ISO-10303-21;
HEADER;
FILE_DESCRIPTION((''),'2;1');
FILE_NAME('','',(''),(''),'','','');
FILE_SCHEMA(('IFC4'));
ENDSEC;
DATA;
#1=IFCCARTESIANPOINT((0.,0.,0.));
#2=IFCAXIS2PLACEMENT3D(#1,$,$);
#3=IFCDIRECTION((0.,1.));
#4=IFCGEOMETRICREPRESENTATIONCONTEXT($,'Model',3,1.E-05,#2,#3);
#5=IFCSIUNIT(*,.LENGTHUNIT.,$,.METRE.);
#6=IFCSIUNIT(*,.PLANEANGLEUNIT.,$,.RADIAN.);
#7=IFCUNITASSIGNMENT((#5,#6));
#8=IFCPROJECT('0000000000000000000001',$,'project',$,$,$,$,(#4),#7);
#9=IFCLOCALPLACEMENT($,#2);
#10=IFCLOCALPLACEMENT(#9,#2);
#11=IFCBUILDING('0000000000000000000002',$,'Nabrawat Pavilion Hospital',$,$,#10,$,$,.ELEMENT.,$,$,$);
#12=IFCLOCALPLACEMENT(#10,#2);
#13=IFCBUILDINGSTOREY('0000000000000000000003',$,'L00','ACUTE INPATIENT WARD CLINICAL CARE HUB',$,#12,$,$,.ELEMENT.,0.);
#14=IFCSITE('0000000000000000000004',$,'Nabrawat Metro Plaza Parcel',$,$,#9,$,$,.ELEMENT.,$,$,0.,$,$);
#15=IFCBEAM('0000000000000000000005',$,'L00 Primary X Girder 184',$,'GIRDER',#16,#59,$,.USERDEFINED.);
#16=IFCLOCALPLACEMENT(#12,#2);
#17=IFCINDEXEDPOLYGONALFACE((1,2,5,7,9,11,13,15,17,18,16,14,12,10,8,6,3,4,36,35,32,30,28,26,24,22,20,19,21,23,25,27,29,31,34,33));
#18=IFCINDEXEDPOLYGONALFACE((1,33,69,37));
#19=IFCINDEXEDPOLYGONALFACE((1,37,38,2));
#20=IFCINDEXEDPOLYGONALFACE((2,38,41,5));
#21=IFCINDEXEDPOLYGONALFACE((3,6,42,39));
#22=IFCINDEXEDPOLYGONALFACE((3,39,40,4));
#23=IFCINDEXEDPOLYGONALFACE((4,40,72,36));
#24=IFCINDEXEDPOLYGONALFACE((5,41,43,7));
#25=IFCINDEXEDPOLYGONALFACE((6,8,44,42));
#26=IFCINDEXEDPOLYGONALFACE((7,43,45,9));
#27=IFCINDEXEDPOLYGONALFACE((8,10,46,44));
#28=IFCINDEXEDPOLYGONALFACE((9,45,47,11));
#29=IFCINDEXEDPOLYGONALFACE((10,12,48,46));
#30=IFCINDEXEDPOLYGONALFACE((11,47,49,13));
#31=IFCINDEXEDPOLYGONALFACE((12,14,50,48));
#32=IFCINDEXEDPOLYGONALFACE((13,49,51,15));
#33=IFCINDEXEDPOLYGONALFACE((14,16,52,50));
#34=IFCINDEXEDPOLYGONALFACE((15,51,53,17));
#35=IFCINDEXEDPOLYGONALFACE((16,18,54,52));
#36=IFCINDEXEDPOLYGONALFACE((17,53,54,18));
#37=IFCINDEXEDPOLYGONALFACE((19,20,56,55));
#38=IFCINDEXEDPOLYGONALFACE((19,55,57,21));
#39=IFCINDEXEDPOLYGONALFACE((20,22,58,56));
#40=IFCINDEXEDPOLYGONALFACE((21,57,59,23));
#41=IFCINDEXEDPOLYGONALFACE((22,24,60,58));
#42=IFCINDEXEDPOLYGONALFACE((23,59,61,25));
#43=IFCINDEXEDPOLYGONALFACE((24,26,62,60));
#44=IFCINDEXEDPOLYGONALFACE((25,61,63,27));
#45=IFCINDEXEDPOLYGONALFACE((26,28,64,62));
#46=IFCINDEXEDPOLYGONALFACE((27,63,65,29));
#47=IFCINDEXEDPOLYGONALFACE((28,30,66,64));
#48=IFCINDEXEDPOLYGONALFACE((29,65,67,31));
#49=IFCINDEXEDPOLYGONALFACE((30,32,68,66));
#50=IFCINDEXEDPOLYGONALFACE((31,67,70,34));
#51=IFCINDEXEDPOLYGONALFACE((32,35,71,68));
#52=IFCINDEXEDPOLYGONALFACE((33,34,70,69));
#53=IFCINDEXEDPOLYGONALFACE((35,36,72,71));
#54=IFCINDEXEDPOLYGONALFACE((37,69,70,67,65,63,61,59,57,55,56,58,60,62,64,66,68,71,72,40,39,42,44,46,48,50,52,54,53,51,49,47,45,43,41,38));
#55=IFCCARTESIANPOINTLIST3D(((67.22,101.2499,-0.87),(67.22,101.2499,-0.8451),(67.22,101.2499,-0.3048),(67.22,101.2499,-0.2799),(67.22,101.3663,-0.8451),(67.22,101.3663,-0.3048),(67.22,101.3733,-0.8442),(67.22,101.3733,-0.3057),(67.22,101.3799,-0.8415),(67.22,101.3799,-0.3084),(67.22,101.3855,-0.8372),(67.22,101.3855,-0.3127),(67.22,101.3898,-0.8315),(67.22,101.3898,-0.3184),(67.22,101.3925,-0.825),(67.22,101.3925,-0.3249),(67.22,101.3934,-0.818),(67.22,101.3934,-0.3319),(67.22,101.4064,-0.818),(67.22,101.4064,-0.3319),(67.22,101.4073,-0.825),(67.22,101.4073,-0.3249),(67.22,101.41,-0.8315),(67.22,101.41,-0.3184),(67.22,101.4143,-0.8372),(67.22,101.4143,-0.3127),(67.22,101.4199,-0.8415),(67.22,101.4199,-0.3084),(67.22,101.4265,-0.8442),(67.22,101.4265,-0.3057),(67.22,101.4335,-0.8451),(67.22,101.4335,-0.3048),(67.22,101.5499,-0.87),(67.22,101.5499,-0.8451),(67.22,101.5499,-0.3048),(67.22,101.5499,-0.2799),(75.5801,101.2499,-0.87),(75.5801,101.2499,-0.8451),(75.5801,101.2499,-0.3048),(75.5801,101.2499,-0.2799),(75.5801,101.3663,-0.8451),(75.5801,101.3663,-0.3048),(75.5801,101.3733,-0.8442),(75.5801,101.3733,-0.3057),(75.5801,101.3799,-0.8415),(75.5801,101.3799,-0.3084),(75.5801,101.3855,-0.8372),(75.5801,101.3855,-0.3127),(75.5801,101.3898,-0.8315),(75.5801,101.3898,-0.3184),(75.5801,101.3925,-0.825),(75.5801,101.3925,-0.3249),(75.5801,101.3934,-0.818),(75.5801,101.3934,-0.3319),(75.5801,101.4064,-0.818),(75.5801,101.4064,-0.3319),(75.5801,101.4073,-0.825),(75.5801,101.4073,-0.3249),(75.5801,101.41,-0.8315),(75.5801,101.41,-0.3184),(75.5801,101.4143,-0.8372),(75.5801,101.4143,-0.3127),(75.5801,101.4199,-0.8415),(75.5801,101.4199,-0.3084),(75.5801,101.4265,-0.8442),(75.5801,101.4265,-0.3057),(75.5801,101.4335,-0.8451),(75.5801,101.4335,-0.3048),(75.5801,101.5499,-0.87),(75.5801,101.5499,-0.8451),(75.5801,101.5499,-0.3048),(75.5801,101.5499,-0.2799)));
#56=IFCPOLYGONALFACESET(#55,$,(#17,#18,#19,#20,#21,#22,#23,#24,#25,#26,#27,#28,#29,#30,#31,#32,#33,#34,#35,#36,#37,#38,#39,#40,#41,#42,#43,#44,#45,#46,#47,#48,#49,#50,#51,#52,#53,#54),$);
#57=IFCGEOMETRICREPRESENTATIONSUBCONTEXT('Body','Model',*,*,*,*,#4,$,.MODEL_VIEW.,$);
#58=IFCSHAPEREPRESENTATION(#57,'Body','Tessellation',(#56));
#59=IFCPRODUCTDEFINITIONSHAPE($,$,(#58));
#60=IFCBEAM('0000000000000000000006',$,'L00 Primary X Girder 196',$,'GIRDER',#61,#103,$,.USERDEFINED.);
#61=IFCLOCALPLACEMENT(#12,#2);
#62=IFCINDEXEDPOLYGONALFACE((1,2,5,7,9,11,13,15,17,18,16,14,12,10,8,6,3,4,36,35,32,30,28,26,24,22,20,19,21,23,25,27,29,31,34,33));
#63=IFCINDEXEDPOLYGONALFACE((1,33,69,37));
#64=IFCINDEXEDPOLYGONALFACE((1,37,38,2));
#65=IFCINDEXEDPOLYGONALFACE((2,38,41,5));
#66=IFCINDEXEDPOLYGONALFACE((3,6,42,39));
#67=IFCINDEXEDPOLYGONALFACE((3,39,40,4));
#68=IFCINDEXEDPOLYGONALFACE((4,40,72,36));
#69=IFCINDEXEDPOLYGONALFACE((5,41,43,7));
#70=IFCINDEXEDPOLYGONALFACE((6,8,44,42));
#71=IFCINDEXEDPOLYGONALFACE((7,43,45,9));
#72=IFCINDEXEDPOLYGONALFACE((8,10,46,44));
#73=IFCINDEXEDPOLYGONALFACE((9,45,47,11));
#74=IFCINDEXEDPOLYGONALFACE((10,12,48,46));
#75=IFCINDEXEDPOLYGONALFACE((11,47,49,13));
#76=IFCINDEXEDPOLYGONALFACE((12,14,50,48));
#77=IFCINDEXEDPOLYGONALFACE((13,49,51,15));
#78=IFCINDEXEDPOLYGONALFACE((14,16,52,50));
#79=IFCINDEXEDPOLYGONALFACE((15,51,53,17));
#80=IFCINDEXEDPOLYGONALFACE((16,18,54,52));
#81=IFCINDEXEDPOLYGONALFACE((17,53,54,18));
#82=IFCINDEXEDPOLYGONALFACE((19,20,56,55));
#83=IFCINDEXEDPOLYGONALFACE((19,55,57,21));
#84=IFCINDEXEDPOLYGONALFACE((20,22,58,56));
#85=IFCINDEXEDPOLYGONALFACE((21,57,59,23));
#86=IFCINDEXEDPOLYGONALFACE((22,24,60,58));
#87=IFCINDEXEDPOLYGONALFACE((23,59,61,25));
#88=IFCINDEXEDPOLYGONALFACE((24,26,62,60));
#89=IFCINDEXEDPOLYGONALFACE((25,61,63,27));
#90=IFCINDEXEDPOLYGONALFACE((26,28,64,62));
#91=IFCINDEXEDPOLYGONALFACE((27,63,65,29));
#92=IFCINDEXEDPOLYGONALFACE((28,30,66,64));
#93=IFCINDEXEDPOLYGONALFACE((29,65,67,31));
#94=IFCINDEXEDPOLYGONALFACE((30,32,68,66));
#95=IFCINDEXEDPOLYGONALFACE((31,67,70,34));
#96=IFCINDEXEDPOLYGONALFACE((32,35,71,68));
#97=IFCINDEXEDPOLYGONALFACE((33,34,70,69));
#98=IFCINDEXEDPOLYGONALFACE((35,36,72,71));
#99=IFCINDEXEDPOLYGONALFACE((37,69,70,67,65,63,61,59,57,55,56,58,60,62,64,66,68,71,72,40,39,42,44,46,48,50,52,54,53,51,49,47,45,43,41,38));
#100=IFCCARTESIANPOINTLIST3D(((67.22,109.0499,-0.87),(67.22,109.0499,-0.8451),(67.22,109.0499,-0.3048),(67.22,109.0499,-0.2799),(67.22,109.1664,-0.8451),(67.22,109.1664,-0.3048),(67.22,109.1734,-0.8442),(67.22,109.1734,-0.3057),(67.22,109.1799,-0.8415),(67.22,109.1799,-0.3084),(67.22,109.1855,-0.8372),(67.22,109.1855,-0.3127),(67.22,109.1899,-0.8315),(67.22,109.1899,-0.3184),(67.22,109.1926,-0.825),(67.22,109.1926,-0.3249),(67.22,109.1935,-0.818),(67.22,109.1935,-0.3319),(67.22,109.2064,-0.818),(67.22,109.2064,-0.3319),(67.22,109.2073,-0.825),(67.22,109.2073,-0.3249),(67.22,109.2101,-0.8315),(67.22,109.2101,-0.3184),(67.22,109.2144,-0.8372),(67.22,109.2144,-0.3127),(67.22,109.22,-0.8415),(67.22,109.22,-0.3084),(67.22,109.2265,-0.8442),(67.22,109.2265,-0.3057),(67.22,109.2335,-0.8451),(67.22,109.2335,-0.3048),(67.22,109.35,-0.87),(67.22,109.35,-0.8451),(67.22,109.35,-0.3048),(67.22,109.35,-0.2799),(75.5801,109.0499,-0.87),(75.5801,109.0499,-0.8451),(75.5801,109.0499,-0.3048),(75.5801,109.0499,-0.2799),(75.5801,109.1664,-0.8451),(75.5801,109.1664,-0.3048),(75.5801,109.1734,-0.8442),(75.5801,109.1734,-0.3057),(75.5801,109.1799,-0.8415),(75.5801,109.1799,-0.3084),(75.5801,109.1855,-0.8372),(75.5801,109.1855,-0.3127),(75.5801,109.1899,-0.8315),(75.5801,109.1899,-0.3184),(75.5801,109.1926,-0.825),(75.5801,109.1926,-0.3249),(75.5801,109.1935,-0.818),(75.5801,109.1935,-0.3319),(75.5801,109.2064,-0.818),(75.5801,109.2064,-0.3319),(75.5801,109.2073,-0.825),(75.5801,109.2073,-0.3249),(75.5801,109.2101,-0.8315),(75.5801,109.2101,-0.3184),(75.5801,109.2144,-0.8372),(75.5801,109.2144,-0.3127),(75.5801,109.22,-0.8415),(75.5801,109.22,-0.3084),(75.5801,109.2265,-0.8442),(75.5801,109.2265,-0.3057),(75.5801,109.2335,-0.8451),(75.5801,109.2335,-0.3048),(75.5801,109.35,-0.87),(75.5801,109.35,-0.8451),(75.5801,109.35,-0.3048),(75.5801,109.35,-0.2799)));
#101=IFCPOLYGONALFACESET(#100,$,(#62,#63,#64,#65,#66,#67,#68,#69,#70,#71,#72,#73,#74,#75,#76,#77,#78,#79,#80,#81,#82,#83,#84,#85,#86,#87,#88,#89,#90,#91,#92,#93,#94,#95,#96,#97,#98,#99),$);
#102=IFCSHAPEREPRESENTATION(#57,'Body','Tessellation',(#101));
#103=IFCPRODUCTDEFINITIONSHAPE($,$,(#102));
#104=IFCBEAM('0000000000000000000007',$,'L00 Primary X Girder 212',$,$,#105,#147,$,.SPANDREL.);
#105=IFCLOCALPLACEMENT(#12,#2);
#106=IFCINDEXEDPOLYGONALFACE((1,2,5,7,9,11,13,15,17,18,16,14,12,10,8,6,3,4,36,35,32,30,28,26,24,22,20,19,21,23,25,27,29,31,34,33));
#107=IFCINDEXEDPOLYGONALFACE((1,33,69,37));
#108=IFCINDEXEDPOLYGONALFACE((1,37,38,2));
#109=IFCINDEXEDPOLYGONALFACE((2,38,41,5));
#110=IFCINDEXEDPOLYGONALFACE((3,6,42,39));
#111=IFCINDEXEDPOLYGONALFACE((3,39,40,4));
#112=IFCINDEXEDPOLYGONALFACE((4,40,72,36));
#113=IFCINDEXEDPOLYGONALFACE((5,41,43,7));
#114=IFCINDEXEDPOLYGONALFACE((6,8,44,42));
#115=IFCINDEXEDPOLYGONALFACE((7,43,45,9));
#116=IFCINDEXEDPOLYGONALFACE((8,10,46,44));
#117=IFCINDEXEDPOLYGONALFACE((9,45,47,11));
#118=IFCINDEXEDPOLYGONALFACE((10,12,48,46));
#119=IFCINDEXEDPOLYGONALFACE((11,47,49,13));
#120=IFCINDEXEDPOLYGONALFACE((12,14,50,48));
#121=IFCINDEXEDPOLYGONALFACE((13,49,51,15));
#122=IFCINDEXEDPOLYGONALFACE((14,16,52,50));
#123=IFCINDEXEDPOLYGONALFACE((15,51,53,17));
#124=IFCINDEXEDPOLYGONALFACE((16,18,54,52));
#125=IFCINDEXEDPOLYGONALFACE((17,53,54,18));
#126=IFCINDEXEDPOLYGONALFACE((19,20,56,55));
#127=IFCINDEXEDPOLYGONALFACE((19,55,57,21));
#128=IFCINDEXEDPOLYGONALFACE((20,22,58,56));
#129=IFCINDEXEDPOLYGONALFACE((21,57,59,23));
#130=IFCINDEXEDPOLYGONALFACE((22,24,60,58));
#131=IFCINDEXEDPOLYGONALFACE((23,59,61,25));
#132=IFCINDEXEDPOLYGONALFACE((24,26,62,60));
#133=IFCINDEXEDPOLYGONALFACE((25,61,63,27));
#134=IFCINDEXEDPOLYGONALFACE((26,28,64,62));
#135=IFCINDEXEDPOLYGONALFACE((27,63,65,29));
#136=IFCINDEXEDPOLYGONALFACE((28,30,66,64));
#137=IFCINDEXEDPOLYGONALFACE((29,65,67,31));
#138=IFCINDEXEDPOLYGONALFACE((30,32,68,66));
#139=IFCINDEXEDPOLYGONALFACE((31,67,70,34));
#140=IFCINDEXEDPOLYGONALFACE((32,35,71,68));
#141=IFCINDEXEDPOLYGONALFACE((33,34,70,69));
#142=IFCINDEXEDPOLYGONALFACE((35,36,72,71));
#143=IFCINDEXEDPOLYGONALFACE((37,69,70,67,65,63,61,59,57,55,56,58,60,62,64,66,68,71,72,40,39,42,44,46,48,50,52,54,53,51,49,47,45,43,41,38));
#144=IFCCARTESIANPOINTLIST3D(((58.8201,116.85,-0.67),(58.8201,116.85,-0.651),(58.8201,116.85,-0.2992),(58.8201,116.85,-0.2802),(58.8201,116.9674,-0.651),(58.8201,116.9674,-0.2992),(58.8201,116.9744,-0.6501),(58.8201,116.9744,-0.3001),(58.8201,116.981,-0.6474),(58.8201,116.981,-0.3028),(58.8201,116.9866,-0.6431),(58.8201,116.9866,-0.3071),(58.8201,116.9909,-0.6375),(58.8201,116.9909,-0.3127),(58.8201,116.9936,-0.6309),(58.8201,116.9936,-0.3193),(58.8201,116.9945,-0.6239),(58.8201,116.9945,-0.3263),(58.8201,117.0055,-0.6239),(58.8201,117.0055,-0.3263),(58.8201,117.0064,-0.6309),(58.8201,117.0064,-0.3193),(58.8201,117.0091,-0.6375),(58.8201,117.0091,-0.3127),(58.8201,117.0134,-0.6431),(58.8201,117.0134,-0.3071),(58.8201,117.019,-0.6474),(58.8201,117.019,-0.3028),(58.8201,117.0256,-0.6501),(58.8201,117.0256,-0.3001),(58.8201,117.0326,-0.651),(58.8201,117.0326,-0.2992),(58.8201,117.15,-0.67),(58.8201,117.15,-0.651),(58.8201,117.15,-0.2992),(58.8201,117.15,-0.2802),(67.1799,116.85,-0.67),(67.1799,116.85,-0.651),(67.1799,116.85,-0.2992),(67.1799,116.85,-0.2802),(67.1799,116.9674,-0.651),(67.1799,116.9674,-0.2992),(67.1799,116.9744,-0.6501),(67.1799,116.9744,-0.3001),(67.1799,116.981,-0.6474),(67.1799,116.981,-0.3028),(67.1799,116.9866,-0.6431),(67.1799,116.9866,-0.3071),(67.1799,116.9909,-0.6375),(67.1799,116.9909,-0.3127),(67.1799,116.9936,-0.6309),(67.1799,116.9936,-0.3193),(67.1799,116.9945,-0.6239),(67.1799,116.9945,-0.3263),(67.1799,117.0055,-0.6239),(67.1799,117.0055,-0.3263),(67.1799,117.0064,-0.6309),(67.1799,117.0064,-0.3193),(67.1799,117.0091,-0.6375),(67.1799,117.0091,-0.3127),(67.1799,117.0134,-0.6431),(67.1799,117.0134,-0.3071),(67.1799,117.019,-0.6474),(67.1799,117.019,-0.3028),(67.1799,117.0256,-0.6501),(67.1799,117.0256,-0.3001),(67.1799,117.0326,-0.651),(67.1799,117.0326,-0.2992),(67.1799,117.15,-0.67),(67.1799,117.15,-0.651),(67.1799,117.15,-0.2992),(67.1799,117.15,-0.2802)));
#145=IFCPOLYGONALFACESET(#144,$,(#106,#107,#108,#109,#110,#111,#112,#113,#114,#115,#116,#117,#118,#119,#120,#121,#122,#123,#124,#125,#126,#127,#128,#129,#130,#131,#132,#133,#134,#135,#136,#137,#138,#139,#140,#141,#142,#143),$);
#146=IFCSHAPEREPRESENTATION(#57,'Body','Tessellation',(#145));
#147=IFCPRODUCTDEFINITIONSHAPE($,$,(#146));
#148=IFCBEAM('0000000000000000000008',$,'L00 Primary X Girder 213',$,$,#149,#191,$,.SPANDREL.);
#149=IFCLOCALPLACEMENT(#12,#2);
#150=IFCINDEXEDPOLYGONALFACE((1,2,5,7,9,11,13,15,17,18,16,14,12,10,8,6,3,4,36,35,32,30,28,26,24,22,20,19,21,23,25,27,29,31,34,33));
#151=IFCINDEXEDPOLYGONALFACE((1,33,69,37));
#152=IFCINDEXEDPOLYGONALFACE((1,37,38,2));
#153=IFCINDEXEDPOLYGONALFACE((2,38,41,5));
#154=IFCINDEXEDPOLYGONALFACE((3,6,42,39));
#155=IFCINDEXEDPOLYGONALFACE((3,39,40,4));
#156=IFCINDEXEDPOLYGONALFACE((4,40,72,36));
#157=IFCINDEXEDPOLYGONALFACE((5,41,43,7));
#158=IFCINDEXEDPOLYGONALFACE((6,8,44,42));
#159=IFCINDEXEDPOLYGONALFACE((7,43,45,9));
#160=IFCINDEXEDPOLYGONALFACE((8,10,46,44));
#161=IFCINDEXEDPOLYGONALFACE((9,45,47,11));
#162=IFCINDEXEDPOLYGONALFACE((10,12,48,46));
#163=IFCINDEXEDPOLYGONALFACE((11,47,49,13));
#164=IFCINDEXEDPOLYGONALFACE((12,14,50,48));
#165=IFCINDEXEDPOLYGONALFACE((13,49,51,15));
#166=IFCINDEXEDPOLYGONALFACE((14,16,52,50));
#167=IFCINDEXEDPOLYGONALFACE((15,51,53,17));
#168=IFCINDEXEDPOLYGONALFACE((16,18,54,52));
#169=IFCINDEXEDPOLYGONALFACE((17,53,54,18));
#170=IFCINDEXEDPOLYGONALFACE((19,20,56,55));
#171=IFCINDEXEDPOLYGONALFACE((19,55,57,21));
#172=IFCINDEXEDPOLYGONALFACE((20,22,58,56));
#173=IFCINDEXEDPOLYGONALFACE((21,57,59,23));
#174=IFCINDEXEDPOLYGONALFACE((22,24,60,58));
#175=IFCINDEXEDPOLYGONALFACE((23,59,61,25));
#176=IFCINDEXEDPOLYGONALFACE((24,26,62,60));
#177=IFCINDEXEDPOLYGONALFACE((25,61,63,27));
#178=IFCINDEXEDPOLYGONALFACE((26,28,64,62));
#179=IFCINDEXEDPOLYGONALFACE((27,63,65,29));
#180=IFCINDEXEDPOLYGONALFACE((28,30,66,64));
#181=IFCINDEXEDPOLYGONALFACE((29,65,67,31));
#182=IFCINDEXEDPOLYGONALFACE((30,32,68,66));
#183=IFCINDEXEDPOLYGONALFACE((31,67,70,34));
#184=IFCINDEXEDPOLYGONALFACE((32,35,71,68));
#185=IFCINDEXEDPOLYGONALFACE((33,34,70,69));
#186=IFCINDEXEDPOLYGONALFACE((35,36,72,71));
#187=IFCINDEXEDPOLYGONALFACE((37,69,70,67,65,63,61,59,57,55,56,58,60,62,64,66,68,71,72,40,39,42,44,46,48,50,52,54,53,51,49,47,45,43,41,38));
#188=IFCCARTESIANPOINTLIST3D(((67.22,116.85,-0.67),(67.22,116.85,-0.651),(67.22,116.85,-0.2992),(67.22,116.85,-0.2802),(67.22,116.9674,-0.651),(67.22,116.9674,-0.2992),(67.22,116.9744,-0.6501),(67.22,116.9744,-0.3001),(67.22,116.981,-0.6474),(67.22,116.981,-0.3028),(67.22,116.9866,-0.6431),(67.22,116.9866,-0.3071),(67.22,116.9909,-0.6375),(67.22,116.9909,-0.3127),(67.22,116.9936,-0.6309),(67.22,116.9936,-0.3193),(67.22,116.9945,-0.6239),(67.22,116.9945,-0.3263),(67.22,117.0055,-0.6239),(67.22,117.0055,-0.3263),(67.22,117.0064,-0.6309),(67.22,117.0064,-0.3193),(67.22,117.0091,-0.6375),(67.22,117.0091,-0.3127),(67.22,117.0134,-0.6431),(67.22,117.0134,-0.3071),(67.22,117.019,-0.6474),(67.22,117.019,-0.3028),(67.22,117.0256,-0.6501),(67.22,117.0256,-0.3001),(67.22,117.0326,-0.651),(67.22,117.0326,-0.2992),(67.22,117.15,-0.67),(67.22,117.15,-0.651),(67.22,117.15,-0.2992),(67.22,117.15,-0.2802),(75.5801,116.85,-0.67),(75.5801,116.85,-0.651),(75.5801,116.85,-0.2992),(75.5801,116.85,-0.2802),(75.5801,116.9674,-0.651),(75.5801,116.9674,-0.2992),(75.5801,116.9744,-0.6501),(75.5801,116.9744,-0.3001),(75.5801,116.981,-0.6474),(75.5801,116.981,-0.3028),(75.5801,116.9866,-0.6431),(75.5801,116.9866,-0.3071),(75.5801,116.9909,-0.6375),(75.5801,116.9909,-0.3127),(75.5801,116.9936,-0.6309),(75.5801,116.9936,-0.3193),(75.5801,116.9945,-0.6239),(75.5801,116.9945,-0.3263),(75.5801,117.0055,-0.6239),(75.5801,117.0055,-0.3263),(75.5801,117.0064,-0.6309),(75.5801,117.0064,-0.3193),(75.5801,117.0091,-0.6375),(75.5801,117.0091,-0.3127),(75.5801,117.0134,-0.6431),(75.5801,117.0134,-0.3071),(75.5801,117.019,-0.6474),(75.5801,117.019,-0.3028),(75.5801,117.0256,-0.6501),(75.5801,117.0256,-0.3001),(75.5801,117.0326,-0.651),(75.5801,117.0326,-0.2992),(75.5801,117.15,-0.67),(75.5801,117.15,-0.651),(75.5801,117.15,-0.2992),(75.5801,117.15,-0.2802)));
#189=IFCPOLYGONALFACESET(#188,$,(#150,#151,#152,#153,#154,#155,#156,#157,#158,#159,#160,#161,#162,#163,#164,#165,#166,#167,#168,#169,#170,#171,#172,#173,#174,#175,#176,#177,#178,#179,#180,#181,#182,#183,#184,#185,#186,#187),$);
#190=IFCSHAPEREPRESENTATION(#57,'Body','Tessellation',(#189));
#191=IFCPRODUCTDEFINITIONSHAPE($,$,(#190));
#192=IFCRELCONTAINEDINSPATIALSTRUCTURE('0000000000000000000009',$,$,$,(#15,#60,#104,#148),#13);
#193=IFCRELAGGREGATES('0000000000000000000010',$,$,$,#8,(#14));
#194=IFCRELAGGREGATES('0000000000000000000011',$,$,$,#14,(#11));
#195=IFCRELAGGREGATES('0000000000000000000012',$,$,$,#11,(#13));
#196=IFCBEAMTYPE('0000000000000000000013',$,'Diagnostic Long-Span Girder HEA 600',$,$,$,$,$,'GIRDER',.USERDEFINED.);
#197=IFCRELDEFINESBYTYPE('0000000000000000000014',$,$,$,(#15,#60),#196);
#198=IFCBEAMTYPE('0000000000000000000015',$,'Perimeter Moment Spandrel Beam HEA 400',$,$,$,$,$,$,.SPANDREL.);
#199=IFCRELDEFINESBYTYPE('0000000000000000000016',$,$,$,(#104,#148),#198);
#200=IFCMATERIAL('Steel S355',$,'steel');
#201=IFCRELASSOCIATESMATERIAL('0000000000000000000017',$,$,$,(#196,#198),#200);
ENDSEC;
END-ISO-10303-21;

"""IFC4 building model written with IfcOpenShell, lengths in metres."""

from ifc_helpers import new_model, si_unit, direction, frame, origin, origin_2d, place, context, subcontext, project, spatial, i_section, extrude, material, material_profile, profile_set, type_object, element, save


model = new_model("IFC4")

# Units and contexts
model_context = context("Model", 3, precision=1e-05, world=origin(), true_north=direction((0.0, 1.0)))
body_context = subcontext(model_context, "Body", "Model", "MODEL_VIEW")
ifc_project = project(units=[si_unit("LENGTHUNIT", "METRE"), si_unit("PLANEANGLEUNIT", "RADIAN")], contexts=[model_context])

# Site, building, storey
site_placement = place(None, origin())
site = spatial("IfcSite", under=ifc_project, at=site_placement, Name="Nabrawat Metro Plaza Parcel", CompositionType="ELEMENT", RefElevation=0.0)
building_placement = place(site_placement, origin())
building = spatial("IfcBuilding", under=site, at=building_placement, Name="Nabrawat Pavilion Hospital", CompositionType="ELEMENT")
storey_placement = place(building_placement, origin())
storey = spatial("IfcBuildingStorey", under=building, at=storey_placement, Name="L00", Description="ACUTE INPATIENT WARD CLINICAL CARE HUB", CompositionType="ELEMENT", Elevation=0.0)

# Shared definitions
ifc_material_1 = material(Name="Steel S355", Category="steel")

# Beams
ifc_material_profile_1 = material_profile(ifc_material_1, i_section(OverallWidth=0.3, OverallDepth=0.5901, WebThickness=0.0129, FlangeThickness=0.0249, FilletRadius=0.0271, at=origin_2d()), Name="HEA 600")
ifc_profile_set_1 = profile_set([ifc_material_profile_1], Name="Steel S355")
beam_type_1 = type_object("IfcBeamType", Name="Diagnostic Long-Span Girder HEA 600", ElementType="GIRDER", PredefinedType="USERDEFINED", material=ifc_profile_set_1)
for number, where, z_axis, x_axis, name in (
    (1, (67.22, 101.3999, -0.575), (1.0, 0.0, 0.0), (0.0, 1.0, 0.0), "L00 Primary X Girder 184"),
    (2, (67.22, 109.2, -0.575), (1.0, 0.0, 0.0), (0.0, 1.0, 0.0), "L00 Primary X Girder 196"),
):
    element("IfcBeam", number, at=place(storey_placement, frame(where, z_axis=z_axis, x_axis=x_axis)), inside=storey, type_object=beam_type_1, Name=name, ObjectType="GIRDER", PredefinedType="USERDEFINED", context=body_context, shape_type="SweptSolid", body=[
        extrude(i_section(OverallWidth=0.3, OverallDepth=0.5901, WebThickness=0.0129, FlangeThickness=0.0249, FilletRadius=0.0271, at=origin_2d()), origin(), (0.0, 0.0, 1.0), 8.3601),
    ])
ifc_material_profile_2 = material_profile(ifc_material_1, i_section(OverallWidth=0.3, OverallDepth=0.3899, WebThickness=0.011, FlangeThickness=0.019, FilletRadius=0.0271, at=origin_2d()), Name="HEA 400")
ifc_profile_set_2 = profile_set([ifc_material_profile_2], Name="Steel S355")
beam_type_2 = type_object("IfcBeamType", Name="Perimeter Moment Spandrel Beam HEA 400", PredefinedType="SPANDREL", material=ifc_profile_set_2)
beam_1_placement = place(storey_placement, frame((58.8201, 117.0, -0.4751), z_axis=(1.0, 0.0, 0.0), x_axis=(0.0, 1.0, 0.0)))
element("IfcBeam", 3, at=beam_1_placement, inside=storey, type_object=beam_type_2, Name="L00 Primary X Girder 212", PredefinedType="SPANDREL", context=body_context, shape_type="SweptSolid", body=[
    extrude(i_section(OverallWidth=0.3, OverallDepth=0.3899, WebThickness=0.011, FlangeThickness=0.019, FilletRadius=0.0271, at=origin_2d()), origin(), (0.0, 0.0, 1.0), 8.3599),
])
beam_2_placement = place(storey_placement, frame((67.22, 117.0, -0.4751), z_axis=(1.0, 0.0, 0.0), x_axis=(0.0, 1.0, 0.0)))
element("IfcBeam", 4, at=beam_2_placement, inside=storey, type_object=beam_type_2, Name="L00 Primary X Girder 213", PredefinedType="SPANDREL", context=body_context, shape_type="SweptSolid", body=[
    extrude(i_section(OverallWidth=0.3, OverallDepth=0.3899, WebThickness=0.011, FlangeThickness=0.019, FilletRadius=0.0271, at=origin_2d()), origin(), (0.0, 0.0, 1.0), 8.3601),
])

save(model, "model.ifc")
